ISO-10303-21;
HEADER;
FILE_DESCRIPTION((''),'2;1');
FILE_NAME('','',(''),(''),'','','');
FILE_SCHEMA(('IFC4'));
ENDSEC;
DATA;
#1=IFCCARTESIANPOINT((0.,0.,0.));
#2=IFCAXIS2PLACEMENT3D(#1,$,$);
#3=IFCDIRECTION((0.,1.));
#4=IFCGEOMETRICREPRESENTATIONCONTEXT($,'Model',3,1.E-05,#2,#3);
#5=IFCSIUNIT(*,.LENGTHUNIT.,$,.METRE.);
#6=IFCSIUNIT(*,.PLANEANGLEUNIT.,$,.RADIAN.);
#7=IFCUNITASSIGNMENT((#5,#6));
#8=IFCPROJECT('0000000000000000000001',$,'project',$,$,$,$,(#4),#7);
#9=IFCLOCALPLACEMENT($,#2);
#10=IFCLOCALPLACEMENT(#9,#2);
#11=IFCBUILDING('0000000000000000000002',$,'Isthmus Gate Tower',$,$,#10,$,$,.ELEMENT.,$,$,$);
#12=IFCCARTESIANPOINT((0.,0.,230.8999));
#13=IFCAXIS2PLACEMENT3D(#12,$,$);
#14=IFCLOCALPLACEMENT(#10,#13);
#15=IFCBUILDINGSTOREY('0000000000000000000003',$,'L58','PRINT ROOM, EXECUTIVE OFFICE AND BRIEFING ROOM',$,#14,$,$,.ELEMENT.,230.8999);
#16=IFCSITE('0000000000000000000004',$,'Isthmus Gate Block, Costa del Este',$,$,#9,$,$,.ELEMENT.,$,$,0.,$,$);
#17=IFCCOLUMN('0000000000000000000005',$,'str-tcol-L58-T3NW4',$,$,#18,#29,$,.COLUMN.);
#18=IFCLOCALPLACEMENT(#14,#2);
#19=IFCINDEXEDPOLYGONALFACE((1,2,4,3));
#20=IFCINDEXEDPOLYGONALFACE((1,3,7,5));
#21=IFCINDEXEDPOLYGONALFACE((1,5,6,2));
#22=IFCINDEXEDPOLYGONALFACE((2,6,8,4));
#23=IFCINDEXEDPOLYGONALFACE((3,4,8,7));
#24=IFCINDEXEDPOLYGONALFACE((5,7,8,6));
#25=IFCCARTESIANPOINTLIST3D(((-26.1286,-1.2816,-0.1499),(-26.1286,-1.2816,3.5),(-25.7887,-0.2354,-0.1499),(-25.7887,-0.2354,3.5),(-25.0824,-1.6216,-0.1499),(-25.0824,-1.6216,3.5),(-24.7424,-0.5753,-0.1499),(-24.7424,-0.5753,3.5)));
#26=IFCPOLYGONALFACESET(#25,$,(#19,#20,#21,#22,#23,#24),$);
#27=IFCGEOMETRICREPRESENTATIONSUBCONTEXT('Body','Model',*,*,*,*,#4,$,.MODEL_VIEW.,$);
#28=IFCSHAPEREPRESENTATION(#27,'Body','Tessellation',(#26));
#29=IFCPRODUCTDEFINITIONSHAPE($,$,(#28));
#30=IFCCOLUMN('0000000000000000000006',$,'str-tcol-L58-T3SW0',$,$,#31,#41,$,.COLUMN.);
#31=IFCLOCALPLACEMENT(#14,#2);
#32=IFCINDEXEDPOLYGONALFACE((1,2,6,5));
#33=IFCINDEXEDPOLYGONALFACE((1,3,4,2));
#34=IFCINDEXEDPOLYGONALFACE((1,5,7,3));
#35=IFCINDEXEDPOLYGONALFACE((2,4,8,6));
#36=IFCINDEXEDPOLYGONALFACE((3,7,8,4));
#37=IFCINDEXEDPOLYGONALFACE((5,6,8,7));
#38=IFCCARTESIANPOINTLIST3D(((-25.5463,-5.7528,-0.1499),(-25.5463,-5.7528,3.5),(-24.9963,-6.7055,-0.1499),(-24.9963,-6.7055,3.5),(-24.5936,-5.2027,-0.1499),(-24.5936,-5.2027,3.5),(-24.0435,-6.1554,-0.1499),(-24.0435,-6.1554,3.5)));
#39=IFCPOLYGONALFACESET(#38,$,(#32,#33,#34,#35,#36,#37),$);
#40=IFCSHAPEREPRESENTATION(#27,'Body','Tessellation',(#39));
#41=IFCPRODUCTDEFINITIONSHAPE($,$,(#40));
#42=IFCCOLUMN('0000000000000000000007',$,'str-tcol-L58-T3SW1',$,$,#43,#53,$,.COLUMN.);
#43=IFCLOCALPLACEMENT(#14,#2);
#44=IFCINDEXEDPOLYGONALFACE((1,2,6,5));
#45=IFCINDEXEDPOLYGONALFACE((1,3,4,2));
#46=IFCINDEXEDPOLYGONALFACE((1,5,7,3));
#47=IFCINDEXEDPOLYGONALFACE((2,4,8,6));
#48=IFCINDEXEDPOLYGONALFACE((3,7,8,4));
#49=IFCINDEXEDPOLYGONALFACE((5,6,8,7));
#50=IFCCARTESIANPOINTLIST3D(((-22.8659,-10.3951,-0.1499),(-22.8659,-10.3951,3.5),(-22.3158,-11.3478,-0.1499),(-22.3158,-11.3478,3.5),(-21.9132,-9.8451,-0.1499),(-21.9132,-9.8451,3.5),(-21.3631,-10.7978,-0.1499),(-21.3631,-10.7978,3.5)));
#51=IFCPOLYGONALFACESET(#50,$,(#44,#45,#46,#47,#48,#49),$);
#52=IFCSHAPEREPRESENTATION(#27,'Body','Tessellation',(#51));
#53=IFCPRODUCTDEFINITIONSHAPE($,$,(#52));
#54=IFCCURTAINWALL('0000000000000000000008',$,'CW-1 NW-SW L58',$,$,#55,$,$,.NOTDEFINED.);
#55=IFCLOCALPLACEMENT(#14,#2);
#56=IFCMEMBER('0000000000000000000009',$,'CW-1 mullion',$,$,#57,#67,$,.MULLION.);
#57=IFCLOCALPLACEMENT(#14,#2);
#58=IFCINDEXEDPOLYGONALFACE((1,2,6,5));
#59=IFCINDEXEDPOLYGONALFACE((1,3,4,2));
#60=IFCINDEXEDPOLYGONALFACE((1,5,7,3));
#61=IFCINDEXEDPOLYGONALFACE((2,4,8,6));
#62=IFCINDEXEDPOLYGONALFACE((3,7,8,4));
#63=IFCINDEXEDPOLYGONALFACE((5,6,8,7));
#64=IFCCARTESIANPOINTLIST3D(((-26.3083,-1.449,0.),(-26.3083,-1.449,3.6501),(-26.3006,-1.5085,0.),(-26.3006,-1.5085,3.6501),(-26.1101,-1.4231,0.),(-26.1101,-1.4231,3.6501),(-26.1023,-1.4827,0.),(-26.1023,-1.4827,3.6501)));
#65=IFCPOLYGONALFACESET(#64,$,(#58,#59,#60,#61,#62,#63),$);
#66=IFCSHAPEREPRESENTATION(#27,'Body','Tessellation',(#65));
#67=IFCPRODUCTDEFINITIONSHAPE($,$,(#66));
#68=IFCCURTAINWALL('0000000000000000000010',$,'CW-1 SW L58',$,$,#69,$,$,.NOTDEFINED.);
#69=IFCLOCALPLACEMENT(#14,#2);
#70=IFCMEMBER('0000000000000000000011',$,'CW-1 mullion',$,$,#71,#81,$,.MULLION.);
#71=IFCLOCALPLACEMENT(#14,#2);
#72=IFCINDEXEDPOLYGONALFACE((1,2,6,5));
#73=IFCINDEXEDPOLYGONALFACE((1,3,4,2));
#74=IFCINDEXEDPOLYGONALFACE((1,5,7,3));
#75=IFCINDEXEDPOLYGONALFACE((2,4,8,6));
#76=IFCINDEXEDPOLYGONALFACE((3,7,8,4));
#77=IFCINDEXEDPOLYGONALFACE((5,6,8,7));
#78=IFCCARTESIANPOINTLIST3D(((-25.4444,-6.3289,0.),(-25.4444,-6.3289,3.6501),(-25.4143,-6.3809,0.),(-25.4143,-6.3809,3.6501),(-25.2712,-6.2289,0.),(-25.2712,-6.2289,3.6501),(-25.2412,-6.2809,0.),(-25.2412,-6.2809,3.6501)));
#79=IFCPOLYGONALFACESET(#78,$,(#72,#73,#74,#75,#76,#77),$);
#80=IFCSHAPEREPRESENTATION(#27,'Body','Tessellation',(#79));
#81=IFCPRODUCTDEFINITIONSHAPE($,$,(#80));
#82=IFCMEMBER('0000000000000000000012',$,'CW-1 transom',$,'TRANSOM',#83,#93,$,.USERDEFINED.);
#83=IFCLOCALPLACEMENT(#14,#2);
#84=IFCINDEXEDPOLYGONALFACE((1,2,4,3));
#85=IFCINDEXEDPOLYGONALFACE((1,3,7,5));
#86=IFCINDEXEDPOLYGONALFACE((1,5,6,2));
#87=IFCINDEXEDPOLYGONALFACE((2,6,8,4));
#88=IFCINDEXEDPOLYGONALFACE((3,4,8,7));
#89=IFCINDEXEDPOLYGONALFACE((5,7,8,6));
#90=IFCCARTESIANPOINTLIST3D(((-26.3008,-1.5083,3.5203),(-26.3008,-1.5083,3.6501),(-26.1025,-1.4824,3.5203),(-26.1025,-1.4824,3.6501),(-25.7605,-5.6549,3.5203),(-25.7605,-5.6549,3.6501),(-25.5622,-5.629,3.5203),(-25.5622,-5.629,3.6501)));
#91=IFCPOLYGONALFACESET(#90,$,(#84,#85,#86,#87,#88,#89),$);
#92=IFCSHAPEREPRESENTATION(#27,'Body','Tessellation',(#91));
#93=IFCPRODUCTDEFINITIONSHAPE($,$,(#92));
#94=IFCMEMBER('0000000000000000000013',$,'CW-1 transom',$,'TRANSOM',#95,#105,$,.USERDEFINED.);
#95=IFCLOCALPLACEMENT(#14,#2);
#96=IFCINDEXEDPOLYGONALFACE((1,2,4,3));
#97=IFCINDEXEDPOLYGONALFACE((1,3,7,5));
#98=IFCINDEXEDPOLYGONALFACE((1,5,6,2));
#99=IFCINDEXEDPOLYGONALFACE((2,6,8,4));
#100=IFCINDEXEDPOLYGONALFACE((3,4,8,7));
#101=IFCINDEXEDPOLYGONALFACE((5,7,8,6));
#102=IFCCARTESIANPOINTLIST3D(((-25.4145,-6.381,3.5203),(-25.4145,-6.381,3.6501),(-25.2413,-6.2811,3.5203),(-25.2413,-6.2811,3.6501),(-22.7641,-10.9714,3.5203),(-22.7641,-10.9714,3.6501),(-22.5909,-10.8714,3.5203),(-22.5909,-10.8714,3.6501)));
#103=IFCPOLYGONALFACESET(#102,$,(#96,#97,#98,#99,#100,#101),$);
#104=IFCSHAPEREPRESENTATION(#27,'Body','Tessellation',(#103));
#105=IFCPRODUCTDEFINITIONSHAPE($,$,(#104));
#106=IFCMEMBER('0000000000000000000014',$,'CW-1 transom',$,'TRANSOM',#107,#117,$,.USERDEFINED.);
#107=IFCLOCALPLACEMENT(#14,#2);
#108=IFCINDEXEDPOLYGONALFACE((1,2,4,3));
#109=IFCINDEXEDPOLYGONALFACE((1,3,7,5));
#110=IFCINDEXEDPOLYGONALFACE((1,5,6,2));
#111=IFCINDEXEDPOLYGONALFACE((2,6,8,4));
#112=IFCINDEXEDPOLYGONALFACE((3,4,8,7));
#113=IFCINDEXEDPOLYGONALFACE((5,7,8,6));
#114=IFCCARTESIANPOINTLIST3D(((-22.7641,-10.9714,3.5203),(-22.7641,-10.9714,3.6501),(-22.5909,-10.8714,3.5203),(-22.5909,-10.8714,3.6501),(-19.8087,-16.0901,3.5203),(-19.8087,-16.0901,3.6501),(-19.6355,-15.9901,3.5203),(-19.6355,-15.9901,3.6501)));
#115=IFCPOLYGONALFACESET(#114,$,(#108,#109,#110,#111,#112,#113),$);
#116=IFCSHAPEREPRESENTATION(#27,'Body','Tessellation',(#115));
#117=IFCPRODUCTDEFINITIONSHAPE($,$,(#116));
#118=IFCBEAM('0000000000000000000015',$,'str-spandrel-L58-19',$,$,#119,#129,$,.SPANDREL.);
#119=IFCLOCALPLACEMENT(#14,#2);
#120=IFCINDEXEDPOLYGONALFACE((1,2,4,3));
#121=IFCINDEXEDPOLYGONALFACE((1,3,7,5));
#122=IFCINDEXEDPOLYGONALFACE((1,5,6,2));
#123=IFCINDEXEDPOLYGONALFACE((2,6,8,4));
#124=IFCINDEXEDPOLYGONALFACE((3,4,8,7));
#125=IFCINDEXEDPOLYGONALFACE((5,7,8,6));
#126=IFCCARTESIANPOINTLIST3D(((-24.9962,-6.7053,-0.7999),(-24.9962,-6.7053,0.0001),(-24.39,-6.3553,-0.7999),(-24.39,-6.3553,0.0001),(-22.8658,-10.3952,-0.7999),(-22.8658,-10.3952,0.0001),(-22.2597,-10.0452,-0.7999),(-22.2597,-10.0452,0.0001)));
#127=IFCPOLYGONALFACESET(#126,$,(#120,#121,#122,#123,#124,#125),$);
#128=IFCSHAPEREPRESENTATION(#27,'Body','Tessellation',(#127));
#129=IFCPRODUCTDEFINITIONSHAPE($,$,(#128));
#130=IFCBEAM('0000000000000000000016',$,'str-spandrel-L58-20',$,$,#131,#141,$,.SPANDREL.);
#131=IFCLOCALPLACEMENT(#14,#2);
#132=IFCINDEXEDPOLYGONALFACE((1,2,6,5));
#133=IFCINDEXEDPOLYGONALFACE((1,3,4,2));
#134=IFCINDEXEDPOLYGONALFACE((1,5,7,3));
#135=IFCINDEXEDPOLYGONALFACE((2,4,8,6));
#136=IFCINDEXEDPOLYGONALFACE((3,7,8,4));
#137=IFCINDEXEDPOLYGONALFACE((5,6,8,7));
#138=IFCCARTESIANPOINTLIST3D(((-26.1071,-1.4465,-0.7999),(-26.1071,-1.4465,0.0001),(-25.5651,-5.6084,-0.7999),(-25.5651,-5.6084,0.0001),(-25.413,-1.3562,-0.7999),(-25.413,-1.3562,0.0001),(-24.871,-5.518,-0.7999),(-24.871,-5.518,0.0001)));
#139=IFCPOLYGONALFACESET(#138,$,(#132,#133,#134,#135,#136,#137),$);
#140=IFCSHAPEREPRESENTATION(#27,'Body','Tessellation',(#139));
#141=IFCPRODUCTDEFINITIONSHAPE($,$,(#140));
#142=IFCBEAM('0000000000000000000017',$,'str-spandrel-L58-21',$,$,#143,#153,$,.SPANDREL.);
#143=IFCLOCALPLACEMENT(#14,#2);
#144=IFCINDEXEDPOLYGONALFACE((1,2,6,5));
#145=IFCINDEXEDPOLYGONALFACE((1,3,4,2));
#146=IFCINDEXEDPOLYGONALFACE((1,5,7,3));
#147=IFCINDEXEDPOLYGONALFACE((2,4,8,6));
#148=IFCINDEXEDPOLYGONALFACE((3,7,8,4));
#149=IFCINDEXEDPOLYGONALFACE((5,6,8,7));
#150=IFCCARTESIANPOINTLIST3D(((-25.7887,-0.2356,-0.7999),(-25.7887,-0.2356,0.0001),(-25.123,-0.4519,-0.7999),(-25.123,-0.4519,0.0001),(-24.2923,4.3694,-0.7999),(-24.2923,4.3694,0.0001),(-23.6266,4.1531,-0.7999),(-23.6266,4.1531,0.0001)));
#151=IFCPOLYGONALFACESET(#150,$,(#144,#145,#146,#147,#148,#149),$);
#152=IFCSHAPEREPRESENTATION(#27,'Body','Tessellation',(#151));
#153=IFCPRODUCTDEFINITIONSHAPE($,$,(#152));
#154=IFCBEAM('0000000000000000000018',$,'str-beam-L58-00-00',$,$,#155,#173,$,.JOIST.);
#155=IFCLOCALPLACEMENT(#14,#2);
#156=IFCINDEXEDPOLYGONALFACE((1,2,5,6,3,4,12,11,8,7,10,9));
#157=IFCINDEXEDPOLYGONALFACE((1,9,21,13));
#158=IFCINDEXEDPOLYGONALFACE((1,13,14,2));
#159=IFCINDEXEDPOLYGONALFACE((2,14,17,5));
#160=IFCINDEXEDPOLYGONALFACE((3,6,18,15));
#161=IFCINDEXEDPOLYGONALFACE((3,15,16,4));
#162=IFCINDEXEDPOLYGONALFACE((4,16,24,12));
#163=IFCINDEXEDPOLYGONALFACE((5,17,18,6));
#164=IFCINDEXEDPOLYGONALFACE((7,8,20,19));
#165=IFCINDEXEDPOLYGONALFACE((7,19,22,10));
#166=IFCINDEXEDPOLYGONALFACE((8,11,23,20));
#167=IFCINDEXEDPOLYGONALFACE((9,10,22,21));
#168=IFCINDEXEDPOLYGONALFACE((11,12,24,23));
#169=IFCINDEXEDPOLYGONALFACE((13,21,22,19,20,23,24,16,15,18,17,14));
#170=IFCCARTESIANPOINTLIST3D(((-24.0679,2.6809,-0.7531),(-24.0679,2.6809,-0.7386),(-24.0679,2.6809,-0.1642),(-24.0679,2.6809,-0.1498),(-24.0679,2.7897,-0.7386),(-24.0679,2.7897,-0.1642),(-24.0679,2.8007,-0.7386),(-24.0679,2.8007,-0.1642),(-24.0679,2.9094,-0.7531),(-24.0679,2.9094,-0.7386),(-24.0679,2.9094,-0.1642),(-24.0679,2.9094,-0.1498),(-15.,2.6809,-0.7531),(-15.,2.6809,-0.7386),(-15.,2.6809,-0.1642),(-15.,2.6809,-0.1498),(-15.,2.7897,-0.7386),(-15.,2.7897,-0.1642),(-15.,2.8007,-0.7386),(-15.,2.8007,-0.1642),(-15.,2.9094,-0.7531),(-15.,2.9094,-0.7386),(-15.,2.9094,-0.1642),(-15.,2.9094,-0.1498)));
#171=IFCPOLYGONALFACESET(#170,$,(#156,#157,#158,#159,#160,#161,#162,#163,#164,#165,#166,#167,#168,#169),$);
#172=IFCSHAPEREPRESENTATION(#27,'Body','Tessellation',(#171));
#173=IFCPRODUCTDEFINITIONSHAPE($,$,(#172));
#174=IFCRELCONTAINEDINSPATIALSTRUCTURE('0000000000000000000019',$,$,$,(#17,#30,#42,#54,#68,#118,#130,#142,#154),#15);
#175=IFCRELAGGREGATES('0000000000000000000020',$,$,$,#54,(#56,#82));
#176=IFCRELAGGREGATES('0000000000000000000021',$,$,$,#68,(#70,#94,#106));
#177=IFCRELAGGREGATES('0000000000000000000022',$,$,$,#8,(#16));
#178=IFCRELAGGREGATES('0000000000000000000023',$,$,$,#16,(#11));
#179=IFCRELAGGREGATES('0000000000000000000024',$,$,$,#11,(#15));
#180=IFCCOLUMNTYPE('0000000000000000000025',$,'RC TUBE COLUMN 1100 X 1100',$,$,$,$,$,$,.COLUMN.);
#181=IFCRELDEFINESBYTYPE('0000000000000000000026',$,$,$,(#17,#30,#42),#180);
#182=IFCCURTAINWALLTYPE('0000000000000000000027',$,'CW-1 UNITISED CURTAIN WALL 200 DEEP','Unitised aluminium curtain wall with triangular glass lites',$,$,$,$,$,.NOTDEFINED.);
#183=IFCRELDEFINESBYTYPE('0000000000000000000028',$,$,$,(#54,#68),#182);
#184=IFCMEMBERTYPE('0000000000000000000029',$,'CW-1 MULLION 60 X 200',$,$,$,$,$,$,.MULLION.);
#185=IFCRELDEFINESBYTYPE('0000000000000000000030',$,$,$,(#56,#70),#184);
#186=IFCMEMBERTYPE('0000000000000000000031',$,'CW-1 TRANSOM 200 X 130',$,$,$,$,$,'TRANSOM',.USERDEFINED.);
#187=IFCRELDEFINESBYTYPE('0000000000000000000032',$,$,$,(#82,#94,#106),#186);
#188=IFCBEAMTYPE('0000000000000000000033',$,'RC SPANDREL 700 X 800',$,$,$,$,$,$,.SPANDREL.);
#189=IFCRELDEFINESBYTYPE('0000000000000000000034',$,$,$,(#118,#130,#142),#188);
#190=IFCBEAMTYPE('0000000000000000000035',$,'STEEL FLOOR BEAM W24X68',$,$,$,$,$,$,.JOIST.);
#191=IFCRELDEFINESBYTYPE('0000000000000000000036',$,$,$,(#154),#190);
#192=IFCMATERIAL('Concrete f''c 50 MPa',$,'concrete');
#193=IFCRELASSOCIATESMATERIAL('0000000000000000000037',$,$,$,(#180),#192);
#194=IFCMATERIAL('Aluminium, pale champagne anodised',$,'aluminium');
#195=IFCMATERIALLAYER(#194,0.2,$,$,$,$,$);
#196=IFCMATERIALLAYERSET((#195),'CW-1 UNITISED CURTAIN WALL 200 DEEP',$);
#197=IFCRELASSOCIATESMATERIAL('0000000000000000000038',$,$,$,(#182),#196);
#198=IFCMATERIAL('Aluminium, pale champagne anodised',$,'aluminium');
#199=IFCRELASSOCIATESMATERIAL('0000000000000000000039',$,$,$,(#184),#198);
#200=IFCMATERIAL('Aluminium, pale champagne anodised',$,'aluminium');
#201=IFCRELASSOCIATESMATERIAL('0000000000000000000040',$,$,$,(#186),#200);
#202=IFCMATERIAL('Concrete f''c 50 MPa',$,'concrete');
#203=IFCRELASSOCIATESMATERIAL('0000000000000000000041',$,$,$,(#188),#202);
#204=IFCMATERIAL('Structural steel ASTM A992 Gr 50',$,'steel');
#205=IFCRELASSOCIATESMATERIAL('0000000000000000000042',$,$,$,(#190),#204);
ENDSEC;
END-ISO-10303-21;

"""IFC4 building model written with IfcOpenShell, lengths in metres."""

from ifc_helpers import new_model, si_unit, direction, frame, origin, origin_2d, place, context, subcontext, project, spatial, rectangle, i_section, extrude, material, layer, layer_set, material_profile, profile_set, type_object, element, aggregate, save


model = new_model("IFC4")

# Units and contexts
model_context = context("Model", 3, precision=1e-05, world=origin(), true_north=direction((0.0, 1.0)))
body_context = subcontext(model_context, "Body", "Model", "MODEL_VIEW")
ifc_project = project(units=[si_unit("LENGTHUNIT", "METRE"), si_unit("PLANEANGLEUNIT", "RADIAN")], contexts=[model_context])

# Site, building, storey
site_placement = place(None, origin())
site = spatial("IfcSite", under=ifc_project, at=site_placement, Name="Isthmus Gate Block, Costa del Este", CompositionType="ELEMENT", RefElevation=0.0)
building_placement = place(site_placement, origin())
building = spatial("IfcBuilding", under=site, at=building_placement, Name="Isthmus Gate Tower", CompositionType="ELEMENT")
storey_placement = place(building_placement, frame((0.0, 0.0, 230.8999)))
storey = spatial("IfcBuildingStorey", under=building, at=storey_placement, Name="L58", Description="PRINT ROOM, EXECUTIVE OFFICE AND BRIEFING ROOM", CompositionType="ELEMENT", Elevation=230.8999)

# Columns
ifc_material_1 = material(Name="Concrete f'c 50 MPa", Category="concrete")
ifc_material_profile_1 = material_profile(ifc_material_1, rectangle(XDim=1.1001, YDim=1.1001, at=origin_2d()), Name="RC 1100X1100")
ifc_profile_set_1 = profile_set([ifc_material_profile_1], Name="Concrete f'c 50 MPa")
column_type = type_object("IfcColumnType", Name="RC TUBE COLUMN 1100 X 1100", PredefinedType="COLUMN", material=ifc_profile_set_1)
for number, where, z_axis, x_axis, name in (
    (1, (-25.4355, -0.9285, -0.1499), (0.0, 0.0, 1.0), (-0.309017, -0.951057, 0.0), "str-tcol-L58-T3NW4"),
    (2, (-24.7949, -5.9541, -0.1499), (0.0, 0.0, 1.0), (0.5, -0.866025, 0.0), "str-tcol-L58-T3SW0"),
    (3, (-22.1145, -10.5964, -0.1499), (0.0, 0.0, 1.0), (0.5, -0.866025, 0.0), "str-tcol-L58-T3SW1"),
):
    element("IfcColumn", number, at=place(storey_placement, frame(where, z_axis=z_axis, x_axis=x_axis)), inside=storey, type_object=column_type, Name=name, PredefinedType="COLUMN", context=body_context, shape_type="SweptSolid", body=[
        extrude(rectangle(XDim=1.1001, YDim=1.1001, at=origin_2d()), origin(), (0.0, 0.0, 1.0), 3.6499),
    ])

# Curtain walls, members
ifc_material_2 = material(Name="Aluminium, pale champagne anodised", Category="aluminium")
ifc_layer_1 = layer(ifc_material_2, 0.2)
ifc_layer_set_1 = layer_set([ifc_layer_1], Name="CW-1 UNITISED CURTAIN WALL 200 DEEP")
curtain_wall_type = type_object("IfcCurtainWallType", Name="CW-1 UNITISED CURTAIN WALL 200 DEEP", Description="Unitised aluminium curtain wall with triangular glass lites", PredefinedType="NOTDEFINED", material=ifc_layer_set_1)
curtain_wall_1_placement = place(storey_placement, origin())
curtain_wall_1 = element("IfcCurtainWall", 4, at=curtain_wall_1_placement, inside=storey, type_object=curtain_wall_type, Name="CW-1 NW-SW L58", PredefinedType="NOTDEFINED")
ifc_material_3 = material(Name="Aluminium, pale champagne anodised", Category="aluminium")
ifc_material_profile_2 = material_profile(ifc_material_3, rectangle(XDim=0.0601, YDim=0.2, at=origin_2d()), Name="60x200")
ifc_profile_set_2 = profile_set([ifc_material_profile_2], Name="Aluminium, pale champagne anodised")
member_type_1 = type_object("IfcMemberType", Name="CW-1 MULLION 60 X 200", PredefinedType="MULLION", material=ifc_profile_set_2)
member_1_placement = place(storey_placement, frame((-26.2053, -1.4658, 0.0), z_axis=(0.0, 0.0, 1.0), x_axis=(0.129165, -0.991623, 0.0)))
member_1 = element("IfcMember", 5, at=member_1_placement, type_object=member_type_1, Name="CW-1 mullion", PredefinedType="MULLION", context=body_context, shape_type="SweptSolid", body=[
    extrude(rectangle(XDim=0.0601, YDim=0.2, at=origin_2d()), origin(), (0.0, 0.0, 1.0), 3.6501),
])
curtain_wall_2_placement = place(storey_placement, origin())
curtain_wall_2 = element("IfcCurtainWall", 6, at=curtain_wall_2_placement, inside=storey, type_object=curtain_wall_type, Name="CW-1 SW L58", PredefinedType="NOTDEFINED")
member_2_placement = place(storey_placement, frame((-25.3428, -6.3049, 0.0), z_axis=(0.0, 0.0, 1.0), x_axis=(0.5, -0.866025, 0.0)))
member_2 = element("IfcMember", 7, at=member_2_placement, type_object=member_type_1, Name="CW-1 mullion", PredefinedType="MULLION", context=body_context, shape_type="SweptSolid", body=[
    extrude(rectangle(XDim=0.0601, YDim=0.2, at=origin_2d()), origin(), (0.0, 0.0, 1.0), 3.6501),
])

# Members
ifc_material_4 = material(Name="Aluminium, pale champagne anodised", Category="aluminium")
ifc_material_profile_3 = material_profile(ifc_material_4, rectangle(XDim=0.2, YDim=0.1299, at=origin_2d()), Name="200x130")
ifc_profile_set_3 = profile_set([ifc_material_profile_3], Name="Aluminium, pale champagne anodised")
member_type_2 = type_object("IfcMemberType", Name="CW-1 TRANSOM 200 X 130", ElementType="TRANSOM", PredefinedType="USERDEFINED", material=ifc_profile_set_3)
member_3_placement = place(storey_placement, frame((-26.2017, -1.4954, 3.5852), z_axis=(0.129207, -0.991618, 0.0), x_axis=(0.991618, 0.129207, 0.0)))
member_3 = element("IfcMember", 8, at=member_3_placement, type_object=member_type_2, Name="CW-1 transom", ObjectType="TRANSOM", PredefinedType="USERDEFINED", context=body_context, shape_type="SweptSolid", body=[
    extrude(rectangle(XDim=0.2, YDim=0.1299, at=origin_2d()), origin(), (0.0, 0.0, 1.0), 4.1816),
])
member_4_placement = place(storey_placement, frame((-25.3279, -6.3311, 3.5852), z_axis=(0.500023, -0.866012, 0.0), x_axis=(0.866012, 0.500023, 0.0)))
member_4 = element("IfcMember", 9, at=member_4_placement, type_object=member_type_2, Name="CW-1 transom", ObjectType="TRANSOM", PredefinedType="USERDEFINED", context=body_context, shape_type="SweptSolid", body=[
    extrude(rectangle(XDim=0.2, YDim=0.1299, at=origin_2d()), origin(), (0.0, 0.0, 1.0), 5.3005),
])
member_5_placement = place(storey_placement, frame((-22.6775, -10.9214, 3.5852), z_axis=(0.500008, -0.86602, 0.0), x_axis=(0.86602, 0.500008, 0.0)))
member_5 = element("IfcMember", 10, at=member_5_placement, type_object=member_type_2, Name="CW-1 transom", ObjectType="TRANSOM", PredefinedType="USERDEFINED", context=body_context, shape_type="SweptSolid", body=[
    extrude(rectangle(XDim=0.2, YDim=0.1299, at=origin_2d()), origin(), (0.0, 0.0, 1.0), 5.9106),
])

# Beams
ifc_material_5 = material(Name="Concrete f'c 50 MPa", Category="concrete")
ifc_material_profile_4 = material_profile(ifc_material_5, rectangle(XDim=0.7, YDim=0.8, at=origin_2d()), Name="RC 700X800")
ifc_profile_set_4 = profile_set([ifc_material_profile_4], Name="Concrete f'c 50 MPa")
beam_type_1 = type_object("IfcBeamType", Name="RC SPANDREL 700 X 800", PredefinedType="SPANDREL", material=ifc_profile_set_4)
beam_1_placement = place(storey_placement, frame((-22.5627, -10.2202, -0.3999), z_axis=(-0.499997, 0.866027, 0.0), x_axis=(-0.866027, -0.499997, 0.0)))
element("IfcBeam", 11, at=beam_1_placement, inside=storey, type_object=beam_type_1, Name="str-spandrel-L58-19", PredefinedType="SPANDREL", context=body_context, shape_type="SweptSolid", body=[
    extrude(rectangle(XDim=0.7, YDim=0.8, at=origin_2d()), origin(), (0.0, 0.0, 1.0), 4.2607),
])
beam_2_placement = place(storey_placement, frame((-25.218, -5.5632, -0.3999), z_axis=(-0.129138, 0.991627, 0.0), x_axis=(-0.991627, -0.129138, 0.0)))
element("IfcBeam", 12, at=beam_2_placement, inside=storey, type_object=beam_type_1, Name="str-spandrel-L58-20", PredefinedType="SPANDREL", context=body_context, shape_type="SweptSolid", body=[
    extrude(rectangle(XDim=0.7, YDim=0.8, at=origin_2d()), origin(), (0.0, 0.0, 1.0), 4.197),
])
beam_3_placement = place(storey_placement, frame((-25.4558, -0.3438, -0.3999), z_axis=(0.309034, 0.951051, 0.0), x_axis=(-0.951051, 0.309034, 0.0)))
element("IfcBeam", 13, at=beam_3_placement, inside=storey, type_object=beam_type_1, Name="str-spandrel-L58-21", PredefinedType="SPANDREL", context=body_context, shape_type="SweptSolid", body=[
    extrude(rectangle(XDim=0.7, YDim=0.8, at=origin_2d()), origin(), (0.0, 0.0, 1.0), 4.842),
])
ifc_material_6 = material(Name="Structural steel ASTM A992 Gr 50", Category="steel")
ifc_material_profile_5 = material_profile(ifc_material_6, i_section(OverallWidth=0.2285, OverallDepth=0.6033, WebThickness=0.011, FlangeThickness=0.0144, at=origin_2d()), Name="W24X68")
ifc_profile_set_5 = profile_set([ifc_material_profile_5], Name="Structural steel ASTM A992 Gr 50")
beam_type_2 = type_object("IfcBeamType", Name="STEEL FLOOR BEAM W24X68", PredefinedType="JOIST", material=ifc_profile_set_5)
beam_4_placement = place(storey_placement, frame((-24.0679, 2.7952, -0.4514), z_axis=(1.0, 0.0, 0.0), x_axis=(0.0, 1.0, 0.0)))
element("IfcBeam", 14, at=beam_4_placement, inside=storey, type_object=beam_type_2, Name="str-beam-L58-00-00", PredefinedType="JOIST", context=body_context, shape_type="SweptSolid", body=[
    extrude(i_section(OverallWidth=0.2285, OverallDepth=0.6033, WebThickness=0.011, FlangeThickness=0.0144, at=origin_2d()), origin(), (0.0, 0.0, 1.0), 9.0679),
])

aggregate(curtain_wall_1, [member_1, member_3])
aggregate(curtain_wall_2, [member_2, member_4, member_5])

save(model, "model.ifc")
